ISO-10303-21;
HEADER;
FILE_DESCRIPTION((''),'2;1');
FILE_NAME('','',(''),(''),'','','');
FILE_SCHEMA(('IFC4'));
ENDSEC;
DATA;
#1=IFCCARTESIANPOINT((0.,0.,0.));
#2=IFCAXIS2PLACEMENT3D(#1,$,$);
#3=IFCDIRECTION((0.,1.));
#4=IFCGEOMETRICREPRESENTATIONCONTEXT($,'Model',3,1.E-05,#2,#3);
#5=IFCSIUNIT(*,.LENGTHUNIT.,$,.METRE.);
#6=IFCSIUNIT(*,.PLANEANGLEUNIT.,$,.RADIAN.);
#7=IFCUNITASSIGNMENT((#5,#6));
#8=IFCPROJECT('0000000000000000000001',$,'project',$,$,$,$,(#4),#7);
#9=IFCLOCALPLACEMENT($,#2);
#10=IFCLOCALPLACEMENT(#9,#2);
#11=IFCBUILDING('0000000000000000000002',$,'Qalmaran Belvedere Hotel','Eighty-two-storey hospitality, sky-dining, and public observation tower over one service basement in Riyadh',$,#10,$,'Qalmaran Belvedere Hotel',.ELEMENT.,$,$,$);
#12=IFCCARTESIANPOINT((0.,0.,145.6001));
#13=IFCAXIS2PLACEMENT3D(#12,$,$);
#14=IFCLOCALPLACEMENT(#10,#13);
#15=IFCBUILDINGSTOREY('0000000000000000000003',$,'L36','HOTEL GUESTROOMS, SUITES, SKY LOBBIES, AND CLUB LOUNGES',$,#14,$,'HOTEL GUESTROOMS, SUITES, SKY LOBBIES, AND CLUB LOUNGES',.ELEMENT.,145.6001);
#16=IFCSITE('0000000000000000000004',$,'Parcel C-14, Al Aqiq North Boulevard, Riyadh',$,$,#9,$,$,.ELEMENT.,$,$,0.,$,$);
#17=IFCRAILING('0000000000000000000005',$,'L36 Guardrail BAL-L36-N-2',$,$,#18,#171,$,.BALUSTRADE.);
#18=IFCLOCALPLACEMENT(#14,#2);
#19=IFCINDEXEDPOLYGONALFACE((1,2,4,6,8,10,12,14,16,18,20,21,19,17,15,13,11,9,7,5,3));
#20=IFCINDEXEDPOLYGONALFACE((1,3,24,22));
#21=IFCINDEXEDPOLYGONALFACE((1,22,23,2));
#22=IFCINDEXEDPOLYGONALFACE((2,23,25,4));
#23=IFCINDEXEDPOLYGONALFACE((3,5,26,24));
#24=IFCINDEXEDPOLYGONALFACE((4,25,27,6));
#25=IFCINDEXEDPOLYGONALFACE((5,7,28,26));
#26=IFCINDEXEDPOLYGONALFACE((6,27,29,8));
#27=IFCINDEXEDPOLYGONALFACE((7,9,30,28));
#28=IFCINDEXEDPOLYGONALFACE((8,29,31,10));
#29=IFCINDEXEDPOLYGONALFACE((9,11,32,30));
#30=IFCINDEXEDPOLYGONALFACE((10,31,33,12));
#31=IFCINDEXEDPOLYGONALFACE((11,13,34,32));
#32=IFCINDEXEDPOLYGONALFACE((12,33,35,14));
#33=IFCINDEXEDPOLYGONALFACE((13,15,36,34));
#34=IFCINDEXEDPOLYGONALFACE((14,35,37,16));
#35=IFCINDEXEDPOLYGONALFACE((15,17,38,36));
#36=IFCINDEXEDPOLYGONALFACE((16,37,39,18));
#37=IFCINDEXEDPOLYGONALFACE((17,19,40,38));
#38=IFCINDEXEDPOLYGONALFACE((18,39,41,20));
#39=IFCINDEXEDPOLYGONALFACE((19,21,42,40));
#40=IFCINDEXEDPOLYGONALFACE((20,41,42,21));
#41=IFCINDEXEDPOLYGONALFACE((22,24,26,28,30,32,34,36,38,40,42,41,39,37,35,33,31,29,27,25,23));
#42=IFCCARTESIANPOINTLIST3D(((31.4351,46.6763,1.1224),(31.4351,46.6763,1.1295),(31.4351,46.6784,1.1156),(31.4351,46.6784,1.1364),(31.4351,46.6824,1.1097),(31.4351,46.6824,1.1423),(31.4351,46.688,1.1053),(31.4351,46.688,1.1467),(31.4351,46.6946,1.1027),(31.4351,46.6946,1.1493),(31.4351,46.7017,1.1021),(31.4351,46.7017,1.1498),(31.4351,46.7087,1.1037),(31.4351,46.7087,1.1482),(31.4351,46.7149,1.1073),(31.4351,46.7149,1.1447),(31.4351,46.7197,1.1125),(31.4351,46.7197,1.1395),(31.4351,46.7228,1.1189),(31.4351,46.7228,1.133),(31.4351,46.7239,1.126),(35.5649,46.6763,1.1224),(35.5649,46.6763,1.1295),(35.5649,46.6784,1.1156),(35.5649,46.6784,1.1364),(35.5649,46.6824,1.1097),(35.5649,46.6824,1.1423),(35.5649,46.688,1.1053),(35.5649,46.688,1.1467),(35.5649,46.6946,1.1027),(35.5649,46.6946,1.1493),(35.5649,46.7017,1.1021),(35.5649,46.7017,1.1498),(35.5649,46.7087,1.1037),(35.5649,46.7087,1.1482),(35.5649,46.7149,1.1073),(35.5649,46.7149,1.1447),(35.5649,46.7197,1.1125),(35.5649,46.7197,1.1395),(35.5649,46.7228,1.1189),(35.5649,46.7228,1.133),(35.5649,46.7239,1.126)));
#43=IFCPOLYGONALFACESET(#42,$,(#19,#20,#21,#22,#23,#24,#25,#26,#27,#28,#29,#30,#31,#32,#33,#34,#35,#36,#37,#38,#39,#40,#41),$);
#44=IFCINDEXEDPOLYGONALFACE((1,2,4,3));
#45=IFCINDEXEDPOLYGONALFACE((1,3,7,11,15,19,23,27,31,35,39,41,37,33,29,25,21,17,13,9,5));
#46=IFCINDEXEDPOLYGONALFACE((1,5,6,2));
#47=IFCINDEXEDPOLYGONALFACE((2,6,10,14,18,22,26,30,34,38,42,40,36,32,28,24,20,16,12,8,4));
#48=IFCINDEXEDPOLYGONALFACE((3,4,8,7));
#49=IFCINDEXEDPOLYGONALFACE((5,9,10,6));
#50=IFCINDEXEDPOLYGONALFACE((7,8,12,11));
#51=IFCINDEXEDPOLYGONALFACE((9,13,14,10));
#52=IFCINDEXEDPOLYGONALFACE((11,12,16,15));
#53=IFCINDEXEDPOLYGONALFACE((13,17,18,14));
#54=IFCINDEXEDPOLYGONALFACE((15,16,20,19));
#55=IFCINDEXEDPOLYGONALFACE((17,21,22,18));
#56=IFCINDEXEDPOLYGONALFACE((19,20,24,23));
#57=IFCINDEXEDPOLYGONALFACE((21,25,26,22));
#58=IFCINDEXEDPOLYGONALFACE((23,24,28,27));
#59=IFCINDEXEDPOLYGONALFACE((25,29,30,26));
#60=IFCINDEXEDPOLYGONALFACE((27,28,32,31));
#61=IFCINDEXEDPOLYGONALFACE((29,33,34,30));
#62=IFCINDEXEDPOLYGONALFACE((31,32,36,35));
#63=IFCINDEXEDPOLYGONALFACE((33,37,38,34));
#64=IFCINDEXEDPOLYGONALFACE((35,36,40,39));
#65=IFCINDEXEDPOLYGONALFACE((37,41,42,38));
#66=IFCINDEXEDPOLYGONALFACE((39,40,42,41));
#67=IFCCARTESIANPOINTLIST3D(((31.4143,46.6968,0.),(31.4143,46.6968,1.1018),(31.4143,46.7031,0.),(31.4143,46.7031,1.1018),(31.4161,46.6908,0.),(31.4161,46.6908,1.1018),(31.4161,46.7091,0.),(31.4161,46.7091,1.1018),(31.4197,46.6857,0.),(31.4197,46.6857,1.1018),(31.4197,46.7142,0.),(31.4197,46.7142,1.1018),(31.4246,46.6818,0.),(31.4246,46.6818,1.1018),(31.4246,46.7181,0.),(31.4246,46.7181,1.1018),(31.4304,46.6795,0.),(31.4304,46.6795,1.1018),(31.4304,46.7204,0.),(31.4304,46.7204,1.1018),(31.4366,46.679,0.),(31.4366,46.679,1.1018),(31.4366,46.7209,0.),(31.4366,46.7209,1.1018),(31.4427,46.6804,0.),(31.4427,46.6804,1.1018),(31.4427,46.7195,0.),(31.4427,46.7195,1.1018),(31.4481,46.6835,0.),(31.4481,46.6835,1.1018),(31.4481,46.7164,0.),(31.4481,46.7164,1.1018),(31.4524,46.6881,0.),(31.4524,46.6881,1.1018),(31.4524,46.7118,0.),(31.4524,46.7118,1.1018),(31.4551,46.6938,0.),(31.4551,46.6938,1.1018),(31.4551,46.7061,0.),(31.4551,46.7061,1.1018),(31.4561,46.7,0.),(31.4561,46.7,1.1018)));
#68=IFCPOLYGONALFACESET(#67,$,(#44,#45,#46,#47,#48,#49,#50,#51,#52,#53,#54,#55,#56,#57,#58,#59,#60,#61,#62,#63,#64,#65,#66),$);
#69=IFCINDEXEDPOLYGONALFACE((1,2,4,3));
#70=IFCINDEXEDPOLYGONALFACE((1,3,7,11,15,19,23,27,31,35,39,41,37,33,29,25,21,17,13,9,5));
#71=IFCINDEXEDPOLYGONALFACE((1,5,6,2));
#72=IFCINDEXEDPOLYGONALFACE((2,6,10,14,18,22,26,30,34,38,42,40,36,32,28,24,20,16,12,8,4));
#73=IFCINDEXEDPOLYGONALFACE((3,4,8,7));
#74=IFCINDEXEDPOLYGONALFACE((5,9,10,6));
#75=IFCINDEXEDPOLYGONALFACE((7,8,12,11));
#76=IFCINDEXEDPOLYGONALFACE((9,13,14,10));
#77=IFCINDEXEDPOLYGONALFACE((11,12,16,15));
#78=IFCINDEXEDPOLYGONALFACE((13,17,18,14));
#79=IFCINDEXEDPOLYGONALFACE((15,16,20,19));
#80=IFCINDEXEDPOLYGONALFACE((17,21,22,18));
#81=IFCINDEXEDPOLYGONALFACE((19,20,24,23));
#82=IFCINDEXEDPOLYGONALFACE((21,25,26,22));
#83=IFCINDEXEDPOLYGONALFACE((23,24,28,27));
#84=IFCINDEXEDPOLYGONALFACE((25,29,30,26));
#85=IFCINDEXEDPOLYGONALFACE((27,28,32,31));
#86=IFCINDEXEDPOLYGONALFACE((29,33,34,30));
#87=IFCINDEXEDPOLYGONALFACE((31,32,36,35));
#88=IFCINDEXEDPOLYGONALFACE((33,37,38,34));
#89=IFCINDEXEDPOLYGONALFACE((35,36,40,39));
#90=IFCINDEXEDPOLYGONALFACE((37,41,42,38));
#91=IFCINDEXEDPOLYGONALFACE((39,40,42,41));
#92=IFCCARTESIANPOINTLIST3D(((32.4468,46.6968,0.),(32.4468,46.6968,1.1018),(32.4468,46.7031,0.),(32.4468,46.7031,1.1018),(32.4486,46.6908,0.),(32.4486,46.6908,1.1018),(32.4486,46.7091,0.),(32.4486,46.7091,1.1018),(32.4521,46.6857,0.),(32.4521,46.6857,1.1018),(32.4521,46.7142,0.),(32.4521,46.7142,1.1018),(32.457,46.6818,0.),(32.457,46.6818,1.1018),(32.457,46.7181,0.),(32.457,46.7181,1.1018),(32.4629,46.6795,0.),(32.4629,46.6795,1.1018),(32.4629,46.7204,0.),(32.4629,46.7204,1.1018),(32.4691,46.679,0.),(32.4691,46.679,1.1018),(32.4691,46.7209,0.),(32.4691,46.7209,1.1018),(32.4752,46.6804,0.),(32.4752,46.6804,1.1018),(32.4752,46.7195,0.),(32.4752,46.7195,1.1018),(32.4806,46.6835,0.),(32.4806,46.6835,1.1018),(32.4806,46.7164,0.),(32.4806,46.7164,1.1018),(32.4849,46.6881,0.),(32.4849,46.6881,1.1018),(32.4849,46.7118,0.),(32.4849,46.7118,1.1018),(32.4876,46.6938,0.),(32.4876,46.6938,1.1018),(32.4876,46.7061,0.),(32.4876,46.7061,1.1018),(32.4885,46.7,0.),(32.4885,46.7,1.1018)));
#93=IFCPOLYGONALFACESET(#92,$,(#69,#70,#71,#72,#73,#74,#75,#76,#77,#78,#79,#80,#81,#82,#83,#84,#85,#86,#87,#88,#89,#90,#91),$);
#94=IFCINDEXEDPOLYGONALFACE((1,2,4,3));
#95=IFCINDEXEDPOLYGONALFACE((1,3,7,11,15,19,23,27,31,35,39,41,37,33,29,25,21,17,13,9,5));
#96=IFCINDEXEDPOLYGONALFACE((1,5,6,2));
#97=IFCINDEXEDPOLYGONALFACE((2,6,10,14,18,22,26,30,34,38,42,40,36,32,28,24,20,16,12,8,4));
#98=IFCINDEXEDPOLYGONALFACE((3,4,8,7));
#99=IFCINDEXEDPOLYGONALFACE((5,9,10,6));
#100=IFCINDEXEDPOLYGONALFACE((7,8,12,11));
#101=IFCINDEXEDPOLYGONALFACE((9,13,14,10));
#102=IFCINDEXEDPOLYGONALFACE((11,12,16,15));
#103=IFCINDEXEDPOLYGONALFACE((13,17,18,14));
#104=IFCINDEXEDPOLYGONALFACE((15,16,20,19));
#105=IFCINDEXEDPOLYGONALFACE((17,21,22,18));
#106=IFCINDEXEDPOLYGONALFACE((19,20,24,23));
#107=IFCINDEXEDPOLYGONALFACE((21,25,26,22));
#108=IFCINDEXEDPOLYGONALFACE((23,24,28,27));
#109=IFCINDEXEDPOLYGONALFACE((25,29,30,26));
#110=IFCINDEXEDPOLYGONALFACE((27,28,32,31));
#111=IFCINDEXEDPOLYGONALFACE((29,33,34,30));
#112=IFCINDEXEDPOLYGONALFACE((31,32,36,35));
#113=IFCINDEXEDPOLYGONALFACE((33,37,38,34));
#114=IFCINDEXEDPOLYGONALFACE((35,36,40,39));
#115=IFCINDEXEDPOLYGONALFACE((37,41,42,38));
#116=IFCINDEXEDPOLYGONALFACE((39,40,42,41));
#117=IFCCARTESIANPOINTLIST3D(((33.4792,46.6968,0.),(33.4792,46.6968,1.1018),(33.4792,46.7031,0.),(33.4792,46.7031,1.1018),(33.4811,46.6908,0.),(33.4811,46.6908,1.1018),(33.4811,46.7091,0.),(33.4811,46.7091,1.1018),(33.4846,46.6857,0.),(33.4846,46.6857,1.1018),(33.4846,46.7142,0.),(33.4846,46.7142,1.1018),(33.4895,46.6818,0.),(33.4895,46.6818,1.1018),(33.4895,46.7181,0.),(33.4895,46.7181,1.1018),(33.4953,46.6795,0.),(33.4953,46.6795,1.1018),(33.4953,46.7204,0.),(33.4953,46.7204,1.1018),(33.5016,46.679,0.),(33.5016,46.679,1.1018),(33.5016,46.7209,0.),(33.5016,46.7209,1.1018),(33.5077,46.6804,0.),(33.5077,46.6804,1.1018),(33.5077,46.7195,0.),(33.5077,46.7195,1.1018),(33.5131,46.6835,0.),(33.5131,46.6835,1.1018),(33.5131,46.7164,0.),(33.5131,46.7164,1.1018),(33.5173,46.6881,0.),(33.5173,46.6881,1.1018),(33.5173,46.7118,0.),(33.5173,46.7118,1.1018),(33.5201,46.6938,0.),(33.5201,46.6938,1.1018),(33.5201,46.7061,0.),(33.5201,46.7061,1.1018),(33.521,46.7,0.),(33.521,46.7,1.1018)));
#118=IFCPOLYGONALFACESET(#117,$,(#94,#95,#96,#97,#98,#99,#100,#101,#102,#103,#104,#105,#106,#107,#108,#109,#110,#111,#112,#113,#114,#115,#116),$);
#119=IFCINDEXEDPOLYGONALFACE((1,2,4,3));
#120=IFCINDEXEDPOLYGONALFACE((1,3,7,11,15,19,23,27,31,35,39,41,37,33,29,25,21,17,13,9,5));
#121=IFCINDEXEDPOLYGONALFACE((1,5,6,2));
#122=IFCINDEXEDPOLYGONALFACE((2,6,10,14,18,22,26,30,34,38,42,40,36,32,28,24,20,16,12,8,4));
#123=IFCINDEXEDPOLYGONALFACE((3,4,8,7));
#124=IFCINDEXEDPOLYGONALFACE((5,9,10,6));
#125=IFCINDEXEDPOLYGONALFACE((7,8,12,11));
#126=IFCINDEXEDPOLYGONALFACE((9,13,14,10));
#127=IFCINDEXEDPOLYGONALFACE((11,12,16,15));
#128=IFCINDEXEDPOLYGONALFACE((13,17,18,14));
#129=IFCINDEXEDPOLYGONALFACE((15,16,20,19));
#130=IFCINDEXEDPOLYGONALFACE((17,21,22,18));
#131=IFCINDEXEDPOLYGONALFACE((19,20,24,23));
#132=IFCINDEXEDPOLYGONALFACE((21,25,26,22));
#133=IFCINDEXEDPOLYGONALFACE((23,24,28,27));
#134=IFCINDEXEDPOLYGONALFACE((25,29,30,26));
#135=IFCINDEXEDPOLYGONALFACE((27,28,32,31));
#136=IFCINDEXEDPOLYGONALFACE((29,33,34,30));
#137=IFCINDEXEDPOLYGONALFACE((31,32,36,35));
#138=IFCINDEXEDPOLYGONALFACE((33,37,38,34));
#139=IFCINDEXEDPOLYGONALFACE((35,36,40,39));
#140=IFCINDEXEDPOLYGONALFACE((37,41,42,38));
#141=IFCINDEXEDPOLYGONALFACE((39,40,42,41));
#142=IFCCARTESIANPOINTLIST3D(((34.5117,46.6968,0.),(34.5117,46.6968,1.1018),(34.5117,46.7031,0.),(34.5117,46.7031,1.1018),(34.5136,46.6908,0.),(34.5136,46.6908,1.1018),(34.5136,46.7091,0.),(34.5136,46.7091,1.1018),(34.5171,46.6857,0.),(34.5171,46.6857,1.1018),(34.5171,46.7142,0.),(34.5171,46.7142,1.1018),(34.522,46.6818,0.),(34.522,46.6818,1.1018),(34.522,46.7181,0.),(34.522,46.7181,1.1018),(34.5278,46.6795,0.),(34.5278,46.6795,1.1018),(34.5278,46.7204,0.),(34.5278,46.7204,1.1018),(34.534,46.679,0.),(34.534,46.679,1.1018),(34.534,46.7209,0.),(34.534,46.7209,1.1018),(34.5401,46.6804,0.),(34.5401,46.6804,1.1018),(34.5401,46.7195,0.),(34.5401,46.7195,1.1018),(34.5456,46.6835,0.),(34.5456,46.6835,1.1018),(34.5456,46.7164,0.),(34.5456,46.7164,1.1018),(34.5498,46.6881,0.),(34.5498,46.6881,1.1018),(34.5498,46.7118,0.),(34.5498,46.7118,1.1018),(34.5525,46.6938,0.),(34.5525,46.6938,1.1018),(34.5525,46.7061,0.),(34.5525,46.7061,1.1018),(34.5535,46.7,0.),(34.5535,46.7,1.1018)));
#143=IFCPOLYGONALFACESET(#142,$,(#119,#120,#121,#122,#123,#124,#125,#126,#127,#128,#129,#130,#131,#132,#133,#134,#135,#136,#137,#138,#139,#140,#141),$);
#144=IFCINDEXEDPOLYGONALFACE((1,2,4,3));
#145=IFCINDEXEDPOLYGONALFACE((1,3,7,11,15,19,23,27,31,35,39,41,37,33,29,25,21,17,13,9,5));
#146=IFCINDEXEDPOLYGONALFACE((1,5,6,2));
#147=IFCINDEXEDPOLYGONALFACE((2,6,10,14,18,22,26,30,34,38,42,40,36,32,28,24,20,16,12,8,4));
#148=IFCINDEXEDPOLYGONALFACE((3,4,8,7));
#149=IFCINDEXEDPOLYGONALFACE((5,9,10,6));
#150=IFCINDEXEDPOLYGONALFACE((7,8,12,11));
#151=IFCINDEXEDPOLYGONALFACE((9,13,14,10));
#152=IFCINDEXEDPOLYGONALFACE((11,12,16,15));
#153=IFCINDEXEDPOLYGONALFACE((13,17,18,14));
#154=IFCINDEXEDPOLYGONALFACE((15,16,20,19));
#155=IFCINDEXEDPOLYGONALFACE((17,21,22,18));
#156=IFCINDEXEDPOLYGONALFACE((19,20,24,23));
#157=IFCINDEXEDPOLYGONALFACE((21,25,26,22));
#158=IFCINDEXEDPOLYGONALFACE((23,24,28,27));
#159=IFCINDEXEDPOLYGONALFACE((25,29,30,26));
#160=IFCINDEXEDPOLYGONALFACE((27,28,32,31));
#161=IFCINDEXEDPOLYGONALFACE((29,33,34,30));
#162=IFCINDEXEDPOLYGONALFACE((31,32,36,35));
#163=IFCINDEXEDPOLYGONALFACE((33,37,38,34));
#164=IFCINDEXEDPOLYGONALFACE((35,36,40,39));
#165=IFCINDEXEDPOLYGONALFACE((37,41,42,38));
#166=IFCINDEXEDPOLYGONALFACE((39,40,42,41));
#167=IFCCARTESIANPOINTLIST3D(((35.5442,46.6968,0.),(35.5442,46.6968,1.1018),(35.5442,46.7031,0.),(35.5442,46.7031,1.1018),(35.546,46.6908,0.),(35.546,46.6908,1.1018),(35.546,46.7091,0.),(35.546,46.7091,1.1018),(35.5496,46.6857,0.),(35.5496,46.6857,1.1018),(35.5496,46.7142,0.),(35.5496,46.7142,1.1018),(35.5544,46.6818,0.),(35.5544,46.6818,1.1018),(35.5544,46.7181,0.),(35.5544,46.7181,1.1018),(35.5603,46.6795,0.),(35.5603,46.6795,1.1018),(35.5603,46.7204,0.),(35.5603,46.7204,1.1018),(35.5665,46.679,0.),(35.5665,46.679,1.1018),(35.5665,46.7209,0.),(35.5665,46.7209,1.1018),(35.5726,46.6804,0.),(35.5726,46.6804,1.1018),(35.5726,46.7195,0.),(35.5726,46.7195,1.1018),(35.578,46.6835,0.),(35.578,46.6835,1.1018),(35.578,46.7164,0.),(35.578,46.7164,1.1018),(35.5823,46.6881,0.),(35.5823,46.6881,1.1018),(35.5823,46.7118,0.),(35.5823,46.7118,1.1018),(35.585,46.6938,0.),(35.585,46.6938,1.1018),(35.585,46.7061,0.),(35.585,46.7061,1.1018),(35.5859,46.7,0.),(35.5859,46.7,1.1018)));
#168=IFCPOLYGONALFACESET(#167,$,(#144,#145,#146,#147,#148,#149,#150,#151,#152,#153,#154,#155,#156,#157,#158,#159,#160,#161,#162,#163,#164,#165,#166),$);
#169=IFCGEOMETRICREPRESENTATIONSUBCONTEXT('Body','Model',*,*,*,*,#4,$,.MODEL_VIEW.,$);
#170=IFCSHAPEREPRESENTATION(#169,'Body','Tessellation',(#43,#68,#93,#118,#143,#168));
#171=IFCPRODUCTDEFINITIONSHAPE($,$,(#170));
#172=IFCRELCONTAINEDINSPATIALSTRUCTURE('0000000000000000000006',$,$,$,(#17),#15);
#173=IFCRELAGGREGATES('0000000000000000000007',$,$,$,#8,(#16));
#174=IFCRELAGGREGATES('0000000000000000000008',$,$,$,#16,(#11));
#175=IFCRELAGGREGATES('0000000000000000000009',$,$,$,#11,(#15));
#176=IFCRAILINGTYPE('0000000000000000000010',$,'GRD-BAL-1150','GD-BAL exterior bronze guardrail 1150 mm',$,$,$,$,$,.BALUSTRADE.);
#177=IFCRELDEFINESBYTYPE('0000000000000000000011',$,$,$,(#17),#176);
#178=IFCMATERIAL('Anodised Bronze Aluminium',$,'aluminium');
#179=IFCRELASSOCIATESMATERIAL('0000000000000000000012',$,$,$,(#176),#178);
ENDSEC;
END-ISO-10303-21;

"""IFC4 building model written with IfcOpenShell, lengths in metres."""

from ifc_helpers import new_model, si_unit, direction, frame, origin, origin_2d, place, context, subcontext, project, spatial, circle, extrude, material, type_object, element, save


model = new_model("IFC4")

# Units and contexts
model_context = context("Model", 3, precision=1e-05, world=origin(), true_north=direction((0.0, 1.0)))
body_context = subcontext(model_context, "Body", "Model", "MODEL_VIEW")
ifc_project = project(units=[si_unit("LENGTHUNIT", "METRE"), si_unit("PLANEANGLEUNIT", "RADIAN")], contexts=[model_context])

# Site, building, storey
site_placement = place(None, origin())
site = spatial("IfcSite", under=ifc_project, at=site_placement, Name="Parcel C-14, Al Aqiq North Boulevard, Riyadh", CompositionType="ELEMENT", RefElevation=0.0)
building_placement = place(site_placement, origin())
building = spatial("IfcBuilding", under=site, at=building_placement, Name="Qalmaran Belvedere Hotel", Description="Eighty-two-storey hospitality, sky-dining, and public observation tower over one service basement in Riyadh", LongName="Qalmaran Belvedere Hotel", CompositionType="ELEMENT")
storey_placement = place(building_placement, frame((0.0, 0.0, 145.6001)))
storey = spatial("IfcBuildingStorey", under=building, at=storey_placement, Name="L36", Description="HOTEL GUESTROOMS, SUITES, SKY LOBBIES, AND CLUB LOUNGES", LongName="HOTEL GUESTROOMS, SUITES, SKY LOBBIES, AND CLUB LOUNGES", CompositionType="ELEMENT", Elevation=145.6001)

# Shared definitions
ifc_material_1 = material(Name="Anodised Bronze Aluminium", Category="aluminium")

# Railing
railing_type = type_object("IfcRailingType", Name="GRD-BAL-1150", Description="GD-BAL exterior bronze guardrail 1150 mm", PredefinedType="BALUSTRADE", material=ifc_material_1)
railing_1_placement = place(storey_placement, frame((31.4351, 46.7, 0.0)))
element("IfcRailing", 1, at=railing_1_placement, inside=storey, type_object=railing_type, Name="L36 Guardrail BAL-L36-N-2", PredefinedType="BALUSTRADE", context=body_context, shape_type="SweptSolid", body=[
    extrude(circle(Radius=0.0239, at=origin_2d()), frame((0.0, 0.0, 1.126), z_axis=(1.0, 0.0, 0.0), x_axis=(0.0, 1.0, 0.0)), (0.0, 0.0, 1.0), 4.1299),
    extrude(circle(Radius=0.021, at=origin_2d()), origin(), (0.0, 0.0, 1.0), 1.1018),
    extrude(circle(Radius=0.021, at=origin_2d()), frame((1.0325, 0.0, 0.0)), (0.0, 0.0, 1.0), 1.1018),
    extrude(circle(Radius=0.021, at=origin_2d()), frame((2.0649, 0.0, 0.0)), (0.0, 0.0, 1.0), 1.1018),
    extrude(circle(Radius=0.021, at=origin_2d()), frame((3.0974, 0.0, 0.0)), (0.0, 0.0, 1.0), 1.1018),
    extrude(circle(Radius=0.021, at=origin_2d()), frame((4.1299, 0.0, 0.0)), (0.0, 0.0, 1.0), 1.1018),
])

save(model, "model.ifc")
